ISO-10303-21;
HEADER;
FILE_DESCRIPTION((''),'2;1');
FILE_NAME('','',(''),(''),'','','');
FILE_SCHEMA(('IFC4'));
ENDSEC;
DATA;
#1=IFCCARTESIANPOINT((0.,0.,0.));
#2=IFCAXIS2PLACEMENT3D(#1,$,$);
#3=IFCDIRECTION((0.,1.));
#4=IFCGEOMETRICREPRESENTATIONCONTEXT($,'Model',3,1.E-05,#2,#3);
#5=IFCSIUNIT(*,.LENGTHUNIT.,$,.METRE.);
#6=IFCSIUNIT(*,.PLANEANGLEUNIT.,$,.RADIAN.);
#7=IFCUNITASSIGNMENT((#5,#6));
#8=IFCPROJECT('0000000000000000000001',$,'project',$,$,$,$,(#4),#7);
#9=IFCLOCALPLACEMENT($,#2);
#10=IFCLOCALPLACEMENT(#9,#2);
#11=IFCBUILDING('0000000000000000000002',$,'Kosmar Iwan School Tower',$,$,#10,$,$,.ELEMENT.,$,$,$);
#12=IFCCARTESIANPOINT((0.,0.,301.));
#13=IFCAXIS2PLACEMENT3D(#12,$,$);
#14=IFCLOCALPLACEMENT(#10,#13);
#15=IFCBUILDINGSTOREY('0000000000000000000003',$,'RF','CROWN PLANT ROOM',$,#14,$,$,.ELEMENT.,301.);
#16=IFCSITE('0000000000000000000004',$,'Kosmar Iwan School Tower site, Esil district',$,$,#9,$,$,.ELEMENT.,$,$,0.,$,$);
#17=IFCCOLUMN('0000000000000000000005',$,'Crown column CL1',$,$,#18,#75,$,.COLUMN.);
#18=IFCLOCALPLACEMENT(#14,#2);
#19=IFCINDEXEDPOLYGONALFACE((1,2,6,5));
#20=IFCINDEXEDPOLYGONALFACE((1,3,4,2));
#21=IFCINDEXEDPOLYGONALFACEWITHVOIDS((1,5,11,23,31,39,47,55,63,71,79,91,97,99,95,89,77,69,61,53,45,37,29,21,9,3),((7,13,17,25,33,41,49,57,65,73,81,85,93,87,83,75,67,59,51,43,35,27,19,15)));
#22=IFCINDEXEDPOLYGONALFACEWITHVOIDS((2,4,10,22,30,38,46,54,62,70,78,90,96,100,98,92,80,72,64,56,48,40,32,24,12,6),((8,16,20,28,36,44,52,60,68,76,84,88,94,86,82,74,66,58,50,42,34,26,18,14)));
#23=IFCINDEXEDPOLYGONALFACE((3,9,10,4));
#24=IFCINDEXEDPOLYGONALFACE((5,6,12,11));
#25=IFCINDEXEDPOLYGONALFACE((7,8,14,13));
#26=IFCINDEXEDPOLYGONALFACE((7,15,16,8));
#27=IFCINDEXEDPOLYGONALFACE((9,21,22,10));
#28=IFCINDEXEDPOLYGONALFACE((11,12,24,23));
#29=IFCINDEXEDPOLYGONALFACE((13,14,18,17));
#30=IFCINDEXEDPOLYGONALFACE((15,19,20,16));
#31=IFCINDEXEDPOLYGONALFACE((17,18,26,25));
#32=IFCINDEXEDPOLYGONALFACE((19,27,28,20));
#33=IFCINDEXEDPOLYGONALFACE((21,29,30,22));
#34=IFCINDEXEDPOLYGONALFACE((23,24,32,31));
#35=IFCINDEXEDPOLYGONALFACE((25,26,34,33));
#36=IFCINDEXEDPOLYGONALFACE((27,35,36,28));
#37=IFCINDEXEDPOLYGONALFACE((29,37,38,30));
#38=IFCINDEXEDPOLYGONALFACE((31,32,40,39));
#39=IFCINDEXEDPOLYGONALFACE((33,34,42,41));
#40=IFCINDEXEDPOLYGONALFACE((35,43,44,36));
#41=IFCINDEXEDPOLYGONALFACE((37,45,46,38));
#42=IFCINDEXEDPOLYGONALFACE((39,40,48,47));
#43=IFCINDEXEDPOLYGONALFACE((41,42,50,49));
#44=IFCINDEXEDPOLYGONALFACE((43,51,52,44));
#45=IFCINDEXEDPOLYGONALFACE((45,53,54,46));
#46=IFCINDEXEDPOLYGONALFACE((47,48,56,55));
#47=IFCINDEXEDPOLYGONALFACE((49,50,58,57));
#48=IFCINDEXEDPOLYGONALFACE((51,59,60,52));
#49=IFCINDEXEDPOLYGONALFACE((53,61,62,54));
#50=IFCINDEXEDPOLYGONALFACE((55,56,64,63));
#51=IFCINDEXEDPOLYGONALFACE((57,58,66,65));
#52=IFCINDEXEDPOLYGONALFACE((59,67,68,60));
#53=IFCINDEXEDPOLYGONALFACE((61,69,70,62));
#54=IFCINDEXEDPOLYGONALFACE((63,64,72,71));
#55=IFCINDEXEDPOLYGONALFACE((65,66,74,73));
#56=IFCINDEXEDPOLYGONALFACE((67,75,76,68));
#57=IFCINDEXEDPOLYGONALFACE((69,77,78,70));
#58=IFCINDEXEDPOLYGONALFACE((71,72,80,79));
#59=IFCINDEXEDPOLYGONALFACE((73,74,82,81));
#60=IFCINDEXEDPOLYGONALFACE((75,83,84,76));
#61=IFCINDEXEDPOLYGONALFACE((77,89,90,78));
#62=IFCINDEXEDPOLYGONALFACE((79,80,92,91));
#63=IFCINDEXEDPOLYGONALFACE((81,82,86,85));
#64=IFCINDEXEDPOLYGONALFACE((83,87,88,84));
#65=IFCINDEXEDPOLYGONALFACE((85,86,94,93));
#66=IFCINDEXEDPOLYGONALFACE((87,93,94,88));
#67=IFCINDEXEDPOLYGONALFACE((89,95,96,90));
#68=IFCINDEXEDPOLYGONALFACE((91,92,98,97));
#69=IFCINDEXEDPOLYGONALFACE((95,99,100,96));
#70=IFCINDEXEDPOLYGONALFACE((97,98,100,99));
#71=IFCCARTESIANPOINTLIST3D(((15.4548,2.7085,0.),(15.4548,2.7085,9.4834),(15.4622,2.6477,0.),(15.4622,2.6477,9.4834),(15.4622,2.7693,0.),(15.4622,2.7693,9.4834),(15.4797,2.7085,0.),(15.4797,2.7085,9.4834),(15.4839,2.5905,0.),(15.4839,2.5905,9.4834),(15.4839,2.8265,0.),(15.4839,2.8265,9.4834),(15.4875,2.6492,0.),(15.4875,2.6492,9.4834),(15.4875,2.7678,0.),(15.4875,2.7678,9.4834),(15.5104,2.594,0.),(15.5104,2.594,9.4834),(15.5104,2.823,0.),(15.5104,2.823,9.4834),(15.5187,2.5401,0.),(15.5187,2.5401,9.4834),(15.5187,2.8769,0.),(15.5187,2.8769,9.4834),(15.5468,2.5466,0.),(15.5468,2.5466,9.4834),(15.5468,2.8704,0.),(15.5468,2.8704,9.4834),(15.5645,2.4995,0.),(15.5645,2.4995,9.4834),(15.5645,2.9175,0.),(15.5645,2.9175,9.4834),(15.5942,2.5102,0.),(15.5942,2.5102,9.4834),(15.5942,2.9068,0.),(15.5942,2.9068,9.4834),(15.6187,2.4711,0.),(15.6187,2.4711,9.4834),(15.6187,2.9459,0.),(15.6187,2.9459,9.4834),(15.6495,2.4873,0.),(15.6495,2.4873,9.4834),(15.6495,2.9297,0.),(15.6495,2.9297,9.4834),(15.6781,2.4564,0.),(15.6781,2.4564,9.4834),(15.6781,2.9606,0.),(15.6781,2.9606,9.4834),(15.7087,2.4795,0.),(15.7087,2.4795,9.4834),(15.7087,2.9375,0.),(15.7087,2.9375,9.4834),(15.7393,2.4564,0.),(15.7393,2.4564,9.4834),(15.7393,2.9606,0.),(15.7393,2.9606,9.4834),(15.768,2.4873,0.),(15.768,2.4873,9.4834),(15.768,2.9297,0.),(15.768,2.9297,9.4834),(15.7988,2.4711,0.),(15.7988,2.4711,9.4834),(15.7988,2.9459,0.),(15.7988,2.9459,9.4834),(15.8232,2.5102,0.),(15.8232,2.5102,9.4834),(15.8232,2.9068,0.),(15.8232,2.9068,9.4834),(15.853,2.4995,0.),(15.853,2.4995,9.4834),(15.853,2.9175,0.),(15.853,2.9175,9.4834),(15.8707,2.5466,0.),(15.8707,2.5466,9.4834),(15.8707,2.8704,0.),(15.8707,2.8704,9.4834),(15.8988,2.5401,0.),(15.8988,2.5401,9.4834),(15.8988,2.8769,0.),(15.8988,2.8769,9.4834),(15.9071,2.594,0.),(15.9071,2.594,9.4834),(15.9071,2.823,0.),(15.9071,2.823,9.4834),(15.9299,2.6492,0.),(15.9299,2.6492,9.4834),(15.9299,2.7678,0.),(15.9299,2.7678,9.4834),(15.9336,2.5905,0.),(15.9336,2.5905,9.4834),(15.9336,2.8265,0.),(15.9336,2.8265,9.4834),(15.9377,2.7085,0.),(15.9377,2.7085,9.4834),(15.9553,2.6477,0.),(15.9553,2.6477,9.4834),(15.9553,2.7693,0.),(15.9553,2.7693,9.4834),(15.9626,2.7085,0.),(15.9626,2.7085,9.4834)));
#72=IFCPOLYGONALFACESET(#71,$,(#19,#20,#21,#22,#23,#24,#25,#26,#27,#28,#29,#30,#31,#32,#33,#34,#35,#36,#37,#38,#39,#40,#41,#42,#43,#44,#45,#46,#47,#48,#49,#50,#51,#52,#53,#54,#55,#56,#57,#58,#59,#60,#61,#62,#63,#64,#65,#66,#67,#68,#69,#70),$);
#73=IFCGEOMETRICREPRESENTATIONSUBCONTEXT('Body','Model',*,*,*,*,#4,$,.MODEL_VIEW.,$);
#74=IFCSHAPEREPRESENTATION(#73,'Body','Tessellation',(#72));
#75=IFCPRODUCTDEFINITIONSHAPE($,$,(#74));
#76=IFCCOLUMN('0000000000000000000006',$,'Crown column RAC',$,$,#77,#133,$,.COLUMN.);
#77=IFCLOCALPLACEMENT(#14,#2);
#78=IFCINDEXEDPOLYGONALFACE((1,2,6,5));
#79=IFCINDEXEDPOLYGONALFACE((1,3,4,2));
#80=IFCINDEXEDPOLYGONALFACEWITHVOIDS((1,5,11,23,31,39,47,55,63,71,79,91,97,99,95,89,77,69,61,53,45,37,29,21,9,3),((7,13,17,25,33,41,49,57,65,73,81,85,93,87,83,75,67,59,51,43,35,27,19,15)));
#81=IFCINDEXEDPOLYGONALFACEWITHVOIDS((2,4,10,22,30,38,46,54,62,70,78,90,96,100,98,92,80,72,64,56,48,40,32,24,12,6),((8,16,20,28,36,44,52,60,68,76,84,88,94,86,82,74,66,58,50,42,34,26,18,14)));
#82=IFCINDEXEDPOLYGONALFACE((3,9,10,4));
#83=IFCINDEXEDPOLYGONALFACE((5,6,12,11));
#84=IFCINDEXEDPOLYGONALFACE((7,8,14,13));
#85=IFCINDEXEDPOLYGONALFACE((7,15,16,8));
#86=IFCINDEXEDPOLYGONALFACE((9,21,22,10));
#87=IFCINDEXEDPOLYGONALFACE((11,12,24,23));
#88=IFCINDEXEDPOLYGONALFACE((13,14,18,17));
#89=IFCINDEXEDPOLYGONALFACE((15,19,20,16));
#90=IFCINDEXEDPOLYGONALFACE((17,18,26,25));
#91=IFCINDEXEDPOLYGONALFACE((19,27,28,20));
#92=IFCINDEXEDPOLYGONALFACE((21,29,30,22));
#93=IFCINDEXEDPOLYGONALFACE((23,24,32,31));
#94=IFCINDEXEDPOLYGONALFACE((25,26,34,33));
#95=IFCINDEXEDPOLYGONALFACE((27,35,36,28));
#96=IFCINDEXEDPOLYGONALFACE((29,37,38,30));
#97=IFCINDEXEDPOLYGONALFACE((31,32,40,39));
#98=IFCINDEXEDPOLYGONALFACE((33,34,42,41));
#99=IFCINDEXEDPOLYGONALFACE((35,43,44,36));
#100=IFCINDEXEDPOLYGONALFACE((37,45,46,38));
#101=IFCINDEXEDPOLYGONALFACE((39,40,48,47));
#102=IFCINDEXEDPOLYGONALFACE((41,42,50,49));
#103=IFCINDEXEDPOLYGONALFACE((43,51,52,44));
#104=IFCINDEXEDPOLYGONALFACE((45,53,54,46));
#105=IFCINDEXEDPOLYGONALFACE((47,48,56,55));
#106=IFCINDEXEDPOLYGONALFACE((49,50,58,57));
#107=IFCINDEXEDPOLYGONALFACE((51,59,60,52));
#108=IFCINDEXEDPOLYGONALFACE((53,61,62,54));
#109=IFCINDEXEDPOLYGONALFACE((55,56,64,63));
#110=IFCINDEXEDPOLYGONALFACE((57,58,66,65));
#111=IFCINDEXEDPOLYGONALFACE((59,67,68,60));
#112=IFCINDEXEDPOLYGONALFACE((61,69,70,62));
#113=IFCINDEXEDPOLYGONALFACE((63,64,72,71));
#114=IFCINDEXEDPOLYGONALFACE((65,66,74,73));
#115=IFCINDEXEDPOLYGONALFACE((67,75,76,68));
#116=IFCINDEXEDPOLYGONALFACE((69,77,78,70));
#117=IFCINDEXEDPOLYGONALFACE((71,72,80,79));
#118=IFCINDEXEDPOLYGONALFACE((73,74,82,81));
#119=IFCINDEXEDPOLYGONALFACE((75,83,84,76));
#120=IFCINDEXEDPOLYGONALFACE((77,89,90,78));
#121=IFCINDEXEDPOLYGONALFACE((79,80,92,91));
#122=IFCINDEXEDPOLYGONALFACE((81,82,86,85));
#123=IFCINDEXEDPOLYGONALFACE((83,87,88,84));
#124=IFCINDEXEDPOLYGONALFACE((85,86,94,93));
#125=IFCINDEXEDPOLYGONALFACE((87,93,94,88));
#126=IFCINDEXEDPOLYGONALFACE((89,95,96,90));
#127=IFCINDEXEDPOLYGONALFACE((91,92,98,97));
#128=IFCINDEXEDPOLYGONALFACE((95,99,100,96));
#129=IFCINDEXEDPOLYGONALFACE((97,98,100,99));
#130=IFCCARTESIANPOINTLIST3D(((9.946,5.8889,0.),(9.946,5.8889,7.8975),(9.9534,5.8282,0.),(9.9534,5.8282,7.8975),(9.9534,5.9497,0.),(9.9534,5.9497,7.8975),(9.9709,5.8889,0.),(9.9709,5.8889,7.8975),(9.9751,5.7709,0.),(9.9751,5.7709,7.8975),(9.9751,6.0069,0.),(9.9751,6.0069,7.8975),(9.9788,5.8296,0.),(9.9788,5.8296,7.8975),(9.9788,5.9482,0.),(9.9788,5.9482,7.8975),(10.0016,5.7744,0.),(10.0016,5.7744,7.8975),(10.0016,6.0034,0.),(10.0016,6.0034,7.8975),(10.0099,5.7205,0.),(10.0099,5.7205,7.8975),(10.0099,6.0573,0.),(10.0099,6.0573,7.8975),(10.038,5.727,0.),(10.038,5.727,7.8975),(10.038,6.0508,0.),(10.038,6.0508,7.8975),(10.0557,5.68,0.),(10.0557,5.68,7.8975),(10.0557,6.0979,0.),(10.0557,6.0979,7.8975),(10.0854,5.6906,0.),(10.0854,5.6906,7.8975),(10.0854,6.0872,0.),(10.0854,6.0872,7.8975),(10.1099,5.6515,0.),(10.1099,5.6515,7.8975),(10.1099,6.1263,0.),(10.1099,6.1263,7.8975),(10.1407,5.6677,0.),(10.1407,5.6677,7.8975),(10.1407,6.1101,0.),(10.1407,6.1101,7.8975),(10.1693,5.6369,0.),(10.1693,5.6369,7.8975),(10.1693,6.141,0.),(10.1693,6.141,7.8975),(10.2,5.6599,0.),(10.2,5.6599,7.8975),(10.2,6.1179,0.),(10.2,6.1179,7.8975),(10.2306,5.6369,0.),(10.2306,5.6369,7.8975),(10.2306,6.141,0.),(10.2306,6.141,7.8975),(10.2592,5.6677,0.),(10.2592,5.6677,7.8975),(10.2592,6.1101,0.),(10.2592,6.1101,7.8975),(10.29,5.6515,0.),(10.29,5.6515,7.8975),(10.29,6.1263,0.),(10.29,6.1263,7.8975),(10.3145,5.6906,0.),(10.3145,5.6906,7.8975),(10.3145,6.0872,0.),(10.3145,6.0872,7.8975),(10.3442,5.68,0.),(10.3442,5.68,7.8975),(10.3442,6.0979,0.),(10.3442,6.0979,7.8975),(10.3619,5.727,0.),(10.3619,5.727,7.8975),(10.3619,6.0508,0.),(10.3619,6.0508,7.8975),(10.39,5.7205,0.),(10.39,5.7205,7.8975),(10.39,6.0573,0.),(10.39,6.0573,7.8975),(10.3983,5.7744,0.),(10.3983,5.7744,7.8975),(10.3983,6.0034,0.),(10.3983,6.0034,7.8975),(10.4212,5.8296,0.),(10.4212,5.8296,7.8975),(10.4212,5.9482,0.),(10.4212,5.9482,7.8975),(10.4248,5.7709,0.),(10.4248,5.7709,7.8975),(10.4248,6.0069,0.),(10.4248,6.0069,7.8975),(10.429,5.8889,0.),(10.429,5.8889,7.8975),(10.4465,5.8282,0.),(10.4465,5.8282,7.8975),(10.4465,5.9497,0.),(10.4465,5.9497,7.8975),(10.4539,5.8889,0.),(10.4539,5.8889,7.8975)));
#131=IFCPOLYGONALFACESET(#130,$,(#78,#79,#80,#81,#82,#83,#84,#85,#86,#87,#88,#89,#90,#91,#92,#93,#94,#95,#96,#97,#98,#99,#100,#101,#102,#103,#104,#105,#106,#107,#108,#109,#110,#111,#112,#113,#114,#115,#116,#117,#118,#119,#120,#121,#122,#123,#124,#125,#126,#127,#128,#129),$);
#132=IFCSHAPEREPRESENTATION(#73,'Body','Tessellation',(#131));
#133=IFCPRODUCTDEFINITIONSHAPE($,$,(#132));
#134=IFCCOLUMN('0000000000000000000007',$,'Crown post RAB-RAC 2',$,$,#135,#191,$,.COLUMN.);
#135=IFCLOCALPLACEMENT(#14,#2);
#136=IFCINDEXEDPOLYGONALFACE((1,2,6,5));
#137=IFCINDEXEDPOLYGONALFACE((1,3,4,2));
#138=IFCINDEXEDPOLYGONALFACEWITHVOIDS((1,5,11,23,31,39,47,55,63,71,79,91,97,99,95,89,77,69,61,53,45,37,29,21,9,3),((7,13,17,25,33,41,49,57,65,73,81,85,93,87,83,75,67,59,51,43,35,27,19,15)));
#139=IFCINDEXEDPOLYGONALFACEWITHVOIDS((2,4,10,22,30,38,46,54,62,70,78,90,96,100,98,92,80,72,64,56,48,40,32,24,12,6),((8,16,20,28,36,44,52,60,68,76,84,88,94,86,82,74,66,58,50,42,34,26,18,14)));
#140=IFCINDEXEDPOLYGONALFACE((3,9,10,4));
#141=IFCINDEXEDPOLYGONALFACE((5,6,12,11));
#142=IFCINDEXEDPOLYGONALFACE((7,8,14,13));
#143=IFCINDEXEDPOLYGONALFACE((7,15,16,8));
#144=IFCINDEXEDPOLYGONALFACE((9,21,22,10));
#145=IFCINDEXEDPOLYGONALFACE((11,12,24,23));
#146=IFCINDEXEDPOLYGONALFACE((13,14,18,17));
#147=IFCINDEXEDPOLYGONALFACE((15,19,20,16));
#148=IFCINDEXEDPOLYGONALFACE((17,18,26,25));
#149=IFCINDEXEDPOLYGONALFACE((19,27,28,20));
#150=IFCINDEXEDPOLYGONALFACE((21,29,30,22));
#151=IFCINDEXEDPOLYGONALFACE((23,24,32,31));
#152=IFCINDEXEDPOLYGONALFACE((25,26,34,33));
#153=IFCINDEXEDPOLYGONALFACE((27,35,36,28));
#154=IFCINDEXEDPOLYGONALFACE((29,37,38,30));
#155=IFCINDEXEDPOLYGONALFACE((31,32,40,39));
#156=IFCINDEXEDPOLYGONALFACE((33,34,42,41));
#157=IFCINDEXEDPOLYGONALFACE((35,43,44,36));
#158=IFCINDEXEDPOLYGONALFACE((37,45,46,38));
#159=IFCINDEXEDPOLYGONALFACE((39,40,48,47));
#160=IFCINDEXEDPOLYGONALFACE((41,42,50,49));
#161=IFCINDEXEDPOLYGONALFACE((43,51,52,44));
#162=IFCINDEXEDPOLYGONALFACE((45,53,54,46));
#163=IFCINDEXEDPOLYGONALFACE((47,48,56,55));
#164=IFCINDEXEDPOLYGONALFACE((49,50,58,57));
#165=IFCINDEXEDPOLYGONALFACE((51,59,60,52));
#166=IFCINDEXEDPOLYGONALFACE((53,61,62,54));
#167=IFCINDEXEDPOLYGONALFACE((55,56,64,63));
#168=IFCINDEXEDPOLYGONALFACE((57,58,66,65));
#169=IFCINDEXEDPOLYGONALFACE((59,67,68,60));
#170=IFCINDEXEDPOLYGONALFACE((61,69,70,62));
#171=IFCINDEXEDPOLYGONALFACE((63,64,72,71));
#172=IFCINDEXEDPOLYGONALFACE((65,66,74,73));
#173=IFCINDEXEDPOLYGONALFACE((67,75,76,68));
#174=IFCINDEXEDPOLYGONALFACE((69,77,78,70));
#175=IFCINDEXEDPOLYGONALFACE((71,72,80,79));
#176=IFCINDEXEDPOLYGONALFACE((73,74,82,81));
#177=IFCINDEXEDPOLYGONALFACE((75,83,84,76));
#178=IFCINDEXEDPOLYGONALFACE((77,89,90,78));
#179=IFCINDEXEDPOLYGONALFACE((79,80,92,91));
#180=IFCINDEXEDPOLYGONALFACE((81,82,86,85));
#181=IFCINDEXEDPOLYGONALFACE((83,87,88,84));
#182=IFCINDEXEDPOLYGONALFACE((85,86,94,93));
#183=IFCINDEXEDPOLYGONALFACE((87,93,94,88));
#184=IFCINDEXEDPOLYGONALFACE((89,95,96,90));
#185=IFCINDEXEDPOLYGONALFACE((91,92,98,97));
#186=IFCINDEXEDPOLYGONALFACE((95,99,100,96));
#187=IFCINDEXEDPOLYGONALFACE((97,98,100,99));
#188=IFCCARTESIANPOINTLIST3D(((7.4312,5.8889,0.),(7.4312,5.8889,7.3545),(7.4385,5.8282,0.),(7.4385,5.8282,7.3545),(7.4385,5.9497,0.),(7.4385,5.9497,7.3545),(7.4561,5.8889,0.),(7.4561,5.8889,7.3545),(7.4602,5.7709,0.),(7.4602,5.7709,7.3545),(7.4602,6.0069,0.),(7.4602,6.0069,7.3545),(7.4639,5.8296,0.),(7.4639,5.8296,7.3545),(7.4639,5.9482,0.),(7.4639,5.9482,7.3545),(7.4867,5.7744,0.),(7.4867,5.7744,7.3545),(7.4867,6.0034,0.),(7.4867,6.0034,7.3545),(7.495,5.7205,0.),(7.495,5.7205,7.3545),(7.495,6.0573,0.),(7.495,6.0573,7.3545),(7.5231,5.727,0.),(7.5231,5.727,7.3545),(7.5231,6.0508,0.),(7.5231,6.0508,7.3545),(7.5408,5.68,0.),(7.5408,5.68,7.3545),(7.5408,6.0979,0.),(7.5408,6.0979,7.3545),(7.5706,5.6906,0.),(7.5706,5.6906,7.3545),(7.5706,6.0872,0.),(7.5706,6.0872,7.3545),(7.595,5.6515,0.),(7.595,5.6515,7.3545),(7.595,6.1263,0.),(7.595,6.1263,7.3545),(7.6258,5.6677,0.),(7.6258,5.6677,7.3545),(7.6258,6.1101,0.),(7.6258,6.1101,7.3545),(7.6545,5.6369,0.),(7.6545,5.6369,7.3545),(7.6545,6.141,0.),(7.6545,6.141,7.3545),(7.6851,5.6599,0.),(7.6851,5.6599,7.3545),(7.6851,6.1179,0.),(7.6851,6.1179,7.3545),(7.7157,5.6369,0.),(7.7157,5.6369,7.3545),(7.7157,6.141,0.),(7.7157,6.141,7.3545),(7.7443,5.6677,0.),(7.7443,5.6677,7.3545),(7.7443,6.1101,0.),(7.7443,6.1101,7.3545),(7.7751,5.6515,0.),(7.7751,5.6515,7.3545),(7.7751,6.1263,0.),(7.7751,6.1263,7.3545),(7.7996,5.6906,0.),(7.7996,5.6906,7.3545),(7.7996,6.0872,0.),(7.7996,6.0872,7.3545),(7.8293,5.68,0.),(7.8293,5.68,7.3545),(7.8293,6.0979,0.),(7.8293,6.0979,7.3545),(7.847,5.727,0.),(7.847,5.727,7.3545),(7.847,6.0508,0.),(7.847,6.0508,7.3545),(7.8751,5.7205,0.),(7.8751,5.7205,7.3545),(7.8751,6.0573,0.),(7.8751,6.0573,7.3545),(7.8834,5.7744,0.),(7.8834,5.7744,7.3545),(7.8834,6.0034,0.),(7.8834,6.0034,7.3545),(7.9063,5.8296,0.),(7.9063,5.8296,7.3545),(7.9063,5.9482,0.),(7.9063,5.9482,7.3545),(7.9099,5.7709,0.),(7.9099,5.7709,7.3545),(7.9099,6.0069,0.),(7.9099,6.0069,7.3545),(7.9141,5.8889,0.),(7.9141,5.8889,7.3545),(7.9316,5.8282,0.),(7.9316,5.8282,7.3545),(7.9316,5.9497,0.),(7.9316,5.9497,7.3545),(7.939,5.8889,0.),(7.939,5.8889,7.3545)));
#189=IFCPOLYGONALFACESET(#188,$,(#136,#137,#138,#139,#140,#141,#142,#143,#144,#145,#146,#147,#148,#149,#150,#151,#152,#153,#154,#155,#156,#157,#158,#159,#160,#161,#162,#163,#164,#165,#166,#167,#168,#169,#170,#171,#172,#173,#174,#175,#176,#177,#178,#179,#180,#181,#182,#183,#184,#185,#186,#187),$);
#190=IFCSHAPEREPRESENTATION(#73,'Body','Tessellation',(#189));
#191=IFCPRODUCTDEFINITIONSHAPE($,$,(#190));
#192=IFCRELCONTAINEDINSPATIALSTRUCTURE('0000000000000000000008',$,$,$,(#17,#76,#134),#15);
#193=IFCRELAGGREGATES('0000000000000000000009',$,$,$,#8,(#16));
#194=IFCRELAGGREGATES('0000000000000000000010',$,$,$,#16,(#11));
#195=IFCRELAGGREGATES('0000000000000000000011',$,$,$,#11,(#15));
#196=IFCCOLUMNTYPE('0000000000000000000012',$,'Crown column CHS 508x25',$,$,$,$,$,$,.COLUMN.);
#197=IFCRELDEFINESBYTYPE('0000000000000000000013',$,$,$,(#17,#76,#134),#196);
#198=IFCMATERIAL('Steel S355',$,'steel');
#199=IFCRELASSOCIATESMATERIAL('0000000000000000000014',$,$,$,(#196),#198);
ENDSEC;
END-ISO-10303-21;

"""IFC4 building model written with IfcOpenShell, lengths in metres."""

from ifc_helpers import new_model, si_unit, direction, frame, origin, origin_2d, place, context, subcontext, project, spatial, hollow_circle, extrude, material, material_profile, profile_set, type_object, element, save


model = new_model("IFC4")

# Units and contexts
model_context = context("Model", 3, precision=1e-05, world=origin(), true_north=direction((0.0, 1.0)))
body_context = subcontext(model_context, "Body", "Model", "MODEL_VIEW")
ifc_project = project(units=[si_unit("LENGTHUNIT", "METRE"), si_unit("PLANEANGLEUNIT", "RADIAN")], contexts=[model_context])

# Site, building, storey
site_placement = place(None, origin())
site = spatial("IfcSite", under=ifc_project, at=site_placement, Name="Kosmar Iwan School Tower site, Esil district", CompositionType="ELEMENT", RefElevation=0.0)
building_placement = place(site_placement, origin())
building = spatial("IfcBuilding", under=site, at=building_placement, Name="Kosmar Iwan School Tower", CompositionType="ELEMENT")
storey_placement = place(building_placement, frame((0.0, 0.0, 301.0)))
storey = spatial("IfcBuildingStorey", under=building, at=storey_placement, Name="RF", Description="CROWN PLANT ROOM", CompositionType="ELEMENT", Elevation=301.0)

# Columns
ifc_material_1 = material(Name="Steel S355", Category="steel")
ifc_material_profile_1 = material_profile(ifc_material_1, hollow_circle(Radius=0.2539, WallThickness=0.0249, at=origin_2d()), Name="CHS 508x25")
ifc_profile_set_1 = profile_set([ifc_material_profile_1], Name="Steel S355")
column_type = type_object("IfcColumnType", Name="Crown column CHS 508x25", PredefinedType="COLUMN", material=ifc_profile_set_1)
column_1_placement = place(storey_placement, frame((15.7087, 2.7085, 0.0), z_axis=(0.0, 0.0, 1.0), x_axis=(1.0, 0.0, 0.0)))
element("IfcColumn", 1, at=column_1_placement, inside=storey, type_object=column_type, Name="Crown column CL1", PredefinedType="COLUMN", context=body_context, shape_type="SweptSolid", body=[
    extrude(hollow_circle(Radius=0.2539, WallThickness=0.0249, at=origin_2d()), origin(), (0.0, 0.0, 1.0), 9.4834),
])
column_2_placement = place(storey_placement, frame((10.2, 5.8889, 0.0), z_axis=(0.0, 0.0, 1.0), x_axis=(1.0, 0.0, 0.0)))
element("IfcColumn", 2, at=column_2_placement, inside=storey, type_object=column_type, Name="Crown column RAC", PredefinedType="COLUMN", context=body_context, shape_type="SweptSolid", body=[
    extrude(hollow_circle(Radius=0.2539, WallThickness=0.0249, at=origin_2d()), origin(), (0.0, 0.0, 1.0), 7.8975),
])
column_3_placement = place(storey_placement, frame((7.6851, 5.8889, 0.0), z_axis=(0.0, 0.0, 1.0), x_axis=(1.0, 0.0, 0.0)))
element("IfcColumn", 3, at=column_3_placement, inside=storey, type_object=column_type, Name="Crown post RAB-RAC 2", PredefinedType="COLUMN", context=body_context, shape_type="SweptSolid", body=[
    extrude(hollow_circle(Radius=0.2539, WallThickness=0.0249, at=origin_2d()), origin(), (0.0, 0.0, 1.0), 7.3545),
])

save(model, "model.ifc")
